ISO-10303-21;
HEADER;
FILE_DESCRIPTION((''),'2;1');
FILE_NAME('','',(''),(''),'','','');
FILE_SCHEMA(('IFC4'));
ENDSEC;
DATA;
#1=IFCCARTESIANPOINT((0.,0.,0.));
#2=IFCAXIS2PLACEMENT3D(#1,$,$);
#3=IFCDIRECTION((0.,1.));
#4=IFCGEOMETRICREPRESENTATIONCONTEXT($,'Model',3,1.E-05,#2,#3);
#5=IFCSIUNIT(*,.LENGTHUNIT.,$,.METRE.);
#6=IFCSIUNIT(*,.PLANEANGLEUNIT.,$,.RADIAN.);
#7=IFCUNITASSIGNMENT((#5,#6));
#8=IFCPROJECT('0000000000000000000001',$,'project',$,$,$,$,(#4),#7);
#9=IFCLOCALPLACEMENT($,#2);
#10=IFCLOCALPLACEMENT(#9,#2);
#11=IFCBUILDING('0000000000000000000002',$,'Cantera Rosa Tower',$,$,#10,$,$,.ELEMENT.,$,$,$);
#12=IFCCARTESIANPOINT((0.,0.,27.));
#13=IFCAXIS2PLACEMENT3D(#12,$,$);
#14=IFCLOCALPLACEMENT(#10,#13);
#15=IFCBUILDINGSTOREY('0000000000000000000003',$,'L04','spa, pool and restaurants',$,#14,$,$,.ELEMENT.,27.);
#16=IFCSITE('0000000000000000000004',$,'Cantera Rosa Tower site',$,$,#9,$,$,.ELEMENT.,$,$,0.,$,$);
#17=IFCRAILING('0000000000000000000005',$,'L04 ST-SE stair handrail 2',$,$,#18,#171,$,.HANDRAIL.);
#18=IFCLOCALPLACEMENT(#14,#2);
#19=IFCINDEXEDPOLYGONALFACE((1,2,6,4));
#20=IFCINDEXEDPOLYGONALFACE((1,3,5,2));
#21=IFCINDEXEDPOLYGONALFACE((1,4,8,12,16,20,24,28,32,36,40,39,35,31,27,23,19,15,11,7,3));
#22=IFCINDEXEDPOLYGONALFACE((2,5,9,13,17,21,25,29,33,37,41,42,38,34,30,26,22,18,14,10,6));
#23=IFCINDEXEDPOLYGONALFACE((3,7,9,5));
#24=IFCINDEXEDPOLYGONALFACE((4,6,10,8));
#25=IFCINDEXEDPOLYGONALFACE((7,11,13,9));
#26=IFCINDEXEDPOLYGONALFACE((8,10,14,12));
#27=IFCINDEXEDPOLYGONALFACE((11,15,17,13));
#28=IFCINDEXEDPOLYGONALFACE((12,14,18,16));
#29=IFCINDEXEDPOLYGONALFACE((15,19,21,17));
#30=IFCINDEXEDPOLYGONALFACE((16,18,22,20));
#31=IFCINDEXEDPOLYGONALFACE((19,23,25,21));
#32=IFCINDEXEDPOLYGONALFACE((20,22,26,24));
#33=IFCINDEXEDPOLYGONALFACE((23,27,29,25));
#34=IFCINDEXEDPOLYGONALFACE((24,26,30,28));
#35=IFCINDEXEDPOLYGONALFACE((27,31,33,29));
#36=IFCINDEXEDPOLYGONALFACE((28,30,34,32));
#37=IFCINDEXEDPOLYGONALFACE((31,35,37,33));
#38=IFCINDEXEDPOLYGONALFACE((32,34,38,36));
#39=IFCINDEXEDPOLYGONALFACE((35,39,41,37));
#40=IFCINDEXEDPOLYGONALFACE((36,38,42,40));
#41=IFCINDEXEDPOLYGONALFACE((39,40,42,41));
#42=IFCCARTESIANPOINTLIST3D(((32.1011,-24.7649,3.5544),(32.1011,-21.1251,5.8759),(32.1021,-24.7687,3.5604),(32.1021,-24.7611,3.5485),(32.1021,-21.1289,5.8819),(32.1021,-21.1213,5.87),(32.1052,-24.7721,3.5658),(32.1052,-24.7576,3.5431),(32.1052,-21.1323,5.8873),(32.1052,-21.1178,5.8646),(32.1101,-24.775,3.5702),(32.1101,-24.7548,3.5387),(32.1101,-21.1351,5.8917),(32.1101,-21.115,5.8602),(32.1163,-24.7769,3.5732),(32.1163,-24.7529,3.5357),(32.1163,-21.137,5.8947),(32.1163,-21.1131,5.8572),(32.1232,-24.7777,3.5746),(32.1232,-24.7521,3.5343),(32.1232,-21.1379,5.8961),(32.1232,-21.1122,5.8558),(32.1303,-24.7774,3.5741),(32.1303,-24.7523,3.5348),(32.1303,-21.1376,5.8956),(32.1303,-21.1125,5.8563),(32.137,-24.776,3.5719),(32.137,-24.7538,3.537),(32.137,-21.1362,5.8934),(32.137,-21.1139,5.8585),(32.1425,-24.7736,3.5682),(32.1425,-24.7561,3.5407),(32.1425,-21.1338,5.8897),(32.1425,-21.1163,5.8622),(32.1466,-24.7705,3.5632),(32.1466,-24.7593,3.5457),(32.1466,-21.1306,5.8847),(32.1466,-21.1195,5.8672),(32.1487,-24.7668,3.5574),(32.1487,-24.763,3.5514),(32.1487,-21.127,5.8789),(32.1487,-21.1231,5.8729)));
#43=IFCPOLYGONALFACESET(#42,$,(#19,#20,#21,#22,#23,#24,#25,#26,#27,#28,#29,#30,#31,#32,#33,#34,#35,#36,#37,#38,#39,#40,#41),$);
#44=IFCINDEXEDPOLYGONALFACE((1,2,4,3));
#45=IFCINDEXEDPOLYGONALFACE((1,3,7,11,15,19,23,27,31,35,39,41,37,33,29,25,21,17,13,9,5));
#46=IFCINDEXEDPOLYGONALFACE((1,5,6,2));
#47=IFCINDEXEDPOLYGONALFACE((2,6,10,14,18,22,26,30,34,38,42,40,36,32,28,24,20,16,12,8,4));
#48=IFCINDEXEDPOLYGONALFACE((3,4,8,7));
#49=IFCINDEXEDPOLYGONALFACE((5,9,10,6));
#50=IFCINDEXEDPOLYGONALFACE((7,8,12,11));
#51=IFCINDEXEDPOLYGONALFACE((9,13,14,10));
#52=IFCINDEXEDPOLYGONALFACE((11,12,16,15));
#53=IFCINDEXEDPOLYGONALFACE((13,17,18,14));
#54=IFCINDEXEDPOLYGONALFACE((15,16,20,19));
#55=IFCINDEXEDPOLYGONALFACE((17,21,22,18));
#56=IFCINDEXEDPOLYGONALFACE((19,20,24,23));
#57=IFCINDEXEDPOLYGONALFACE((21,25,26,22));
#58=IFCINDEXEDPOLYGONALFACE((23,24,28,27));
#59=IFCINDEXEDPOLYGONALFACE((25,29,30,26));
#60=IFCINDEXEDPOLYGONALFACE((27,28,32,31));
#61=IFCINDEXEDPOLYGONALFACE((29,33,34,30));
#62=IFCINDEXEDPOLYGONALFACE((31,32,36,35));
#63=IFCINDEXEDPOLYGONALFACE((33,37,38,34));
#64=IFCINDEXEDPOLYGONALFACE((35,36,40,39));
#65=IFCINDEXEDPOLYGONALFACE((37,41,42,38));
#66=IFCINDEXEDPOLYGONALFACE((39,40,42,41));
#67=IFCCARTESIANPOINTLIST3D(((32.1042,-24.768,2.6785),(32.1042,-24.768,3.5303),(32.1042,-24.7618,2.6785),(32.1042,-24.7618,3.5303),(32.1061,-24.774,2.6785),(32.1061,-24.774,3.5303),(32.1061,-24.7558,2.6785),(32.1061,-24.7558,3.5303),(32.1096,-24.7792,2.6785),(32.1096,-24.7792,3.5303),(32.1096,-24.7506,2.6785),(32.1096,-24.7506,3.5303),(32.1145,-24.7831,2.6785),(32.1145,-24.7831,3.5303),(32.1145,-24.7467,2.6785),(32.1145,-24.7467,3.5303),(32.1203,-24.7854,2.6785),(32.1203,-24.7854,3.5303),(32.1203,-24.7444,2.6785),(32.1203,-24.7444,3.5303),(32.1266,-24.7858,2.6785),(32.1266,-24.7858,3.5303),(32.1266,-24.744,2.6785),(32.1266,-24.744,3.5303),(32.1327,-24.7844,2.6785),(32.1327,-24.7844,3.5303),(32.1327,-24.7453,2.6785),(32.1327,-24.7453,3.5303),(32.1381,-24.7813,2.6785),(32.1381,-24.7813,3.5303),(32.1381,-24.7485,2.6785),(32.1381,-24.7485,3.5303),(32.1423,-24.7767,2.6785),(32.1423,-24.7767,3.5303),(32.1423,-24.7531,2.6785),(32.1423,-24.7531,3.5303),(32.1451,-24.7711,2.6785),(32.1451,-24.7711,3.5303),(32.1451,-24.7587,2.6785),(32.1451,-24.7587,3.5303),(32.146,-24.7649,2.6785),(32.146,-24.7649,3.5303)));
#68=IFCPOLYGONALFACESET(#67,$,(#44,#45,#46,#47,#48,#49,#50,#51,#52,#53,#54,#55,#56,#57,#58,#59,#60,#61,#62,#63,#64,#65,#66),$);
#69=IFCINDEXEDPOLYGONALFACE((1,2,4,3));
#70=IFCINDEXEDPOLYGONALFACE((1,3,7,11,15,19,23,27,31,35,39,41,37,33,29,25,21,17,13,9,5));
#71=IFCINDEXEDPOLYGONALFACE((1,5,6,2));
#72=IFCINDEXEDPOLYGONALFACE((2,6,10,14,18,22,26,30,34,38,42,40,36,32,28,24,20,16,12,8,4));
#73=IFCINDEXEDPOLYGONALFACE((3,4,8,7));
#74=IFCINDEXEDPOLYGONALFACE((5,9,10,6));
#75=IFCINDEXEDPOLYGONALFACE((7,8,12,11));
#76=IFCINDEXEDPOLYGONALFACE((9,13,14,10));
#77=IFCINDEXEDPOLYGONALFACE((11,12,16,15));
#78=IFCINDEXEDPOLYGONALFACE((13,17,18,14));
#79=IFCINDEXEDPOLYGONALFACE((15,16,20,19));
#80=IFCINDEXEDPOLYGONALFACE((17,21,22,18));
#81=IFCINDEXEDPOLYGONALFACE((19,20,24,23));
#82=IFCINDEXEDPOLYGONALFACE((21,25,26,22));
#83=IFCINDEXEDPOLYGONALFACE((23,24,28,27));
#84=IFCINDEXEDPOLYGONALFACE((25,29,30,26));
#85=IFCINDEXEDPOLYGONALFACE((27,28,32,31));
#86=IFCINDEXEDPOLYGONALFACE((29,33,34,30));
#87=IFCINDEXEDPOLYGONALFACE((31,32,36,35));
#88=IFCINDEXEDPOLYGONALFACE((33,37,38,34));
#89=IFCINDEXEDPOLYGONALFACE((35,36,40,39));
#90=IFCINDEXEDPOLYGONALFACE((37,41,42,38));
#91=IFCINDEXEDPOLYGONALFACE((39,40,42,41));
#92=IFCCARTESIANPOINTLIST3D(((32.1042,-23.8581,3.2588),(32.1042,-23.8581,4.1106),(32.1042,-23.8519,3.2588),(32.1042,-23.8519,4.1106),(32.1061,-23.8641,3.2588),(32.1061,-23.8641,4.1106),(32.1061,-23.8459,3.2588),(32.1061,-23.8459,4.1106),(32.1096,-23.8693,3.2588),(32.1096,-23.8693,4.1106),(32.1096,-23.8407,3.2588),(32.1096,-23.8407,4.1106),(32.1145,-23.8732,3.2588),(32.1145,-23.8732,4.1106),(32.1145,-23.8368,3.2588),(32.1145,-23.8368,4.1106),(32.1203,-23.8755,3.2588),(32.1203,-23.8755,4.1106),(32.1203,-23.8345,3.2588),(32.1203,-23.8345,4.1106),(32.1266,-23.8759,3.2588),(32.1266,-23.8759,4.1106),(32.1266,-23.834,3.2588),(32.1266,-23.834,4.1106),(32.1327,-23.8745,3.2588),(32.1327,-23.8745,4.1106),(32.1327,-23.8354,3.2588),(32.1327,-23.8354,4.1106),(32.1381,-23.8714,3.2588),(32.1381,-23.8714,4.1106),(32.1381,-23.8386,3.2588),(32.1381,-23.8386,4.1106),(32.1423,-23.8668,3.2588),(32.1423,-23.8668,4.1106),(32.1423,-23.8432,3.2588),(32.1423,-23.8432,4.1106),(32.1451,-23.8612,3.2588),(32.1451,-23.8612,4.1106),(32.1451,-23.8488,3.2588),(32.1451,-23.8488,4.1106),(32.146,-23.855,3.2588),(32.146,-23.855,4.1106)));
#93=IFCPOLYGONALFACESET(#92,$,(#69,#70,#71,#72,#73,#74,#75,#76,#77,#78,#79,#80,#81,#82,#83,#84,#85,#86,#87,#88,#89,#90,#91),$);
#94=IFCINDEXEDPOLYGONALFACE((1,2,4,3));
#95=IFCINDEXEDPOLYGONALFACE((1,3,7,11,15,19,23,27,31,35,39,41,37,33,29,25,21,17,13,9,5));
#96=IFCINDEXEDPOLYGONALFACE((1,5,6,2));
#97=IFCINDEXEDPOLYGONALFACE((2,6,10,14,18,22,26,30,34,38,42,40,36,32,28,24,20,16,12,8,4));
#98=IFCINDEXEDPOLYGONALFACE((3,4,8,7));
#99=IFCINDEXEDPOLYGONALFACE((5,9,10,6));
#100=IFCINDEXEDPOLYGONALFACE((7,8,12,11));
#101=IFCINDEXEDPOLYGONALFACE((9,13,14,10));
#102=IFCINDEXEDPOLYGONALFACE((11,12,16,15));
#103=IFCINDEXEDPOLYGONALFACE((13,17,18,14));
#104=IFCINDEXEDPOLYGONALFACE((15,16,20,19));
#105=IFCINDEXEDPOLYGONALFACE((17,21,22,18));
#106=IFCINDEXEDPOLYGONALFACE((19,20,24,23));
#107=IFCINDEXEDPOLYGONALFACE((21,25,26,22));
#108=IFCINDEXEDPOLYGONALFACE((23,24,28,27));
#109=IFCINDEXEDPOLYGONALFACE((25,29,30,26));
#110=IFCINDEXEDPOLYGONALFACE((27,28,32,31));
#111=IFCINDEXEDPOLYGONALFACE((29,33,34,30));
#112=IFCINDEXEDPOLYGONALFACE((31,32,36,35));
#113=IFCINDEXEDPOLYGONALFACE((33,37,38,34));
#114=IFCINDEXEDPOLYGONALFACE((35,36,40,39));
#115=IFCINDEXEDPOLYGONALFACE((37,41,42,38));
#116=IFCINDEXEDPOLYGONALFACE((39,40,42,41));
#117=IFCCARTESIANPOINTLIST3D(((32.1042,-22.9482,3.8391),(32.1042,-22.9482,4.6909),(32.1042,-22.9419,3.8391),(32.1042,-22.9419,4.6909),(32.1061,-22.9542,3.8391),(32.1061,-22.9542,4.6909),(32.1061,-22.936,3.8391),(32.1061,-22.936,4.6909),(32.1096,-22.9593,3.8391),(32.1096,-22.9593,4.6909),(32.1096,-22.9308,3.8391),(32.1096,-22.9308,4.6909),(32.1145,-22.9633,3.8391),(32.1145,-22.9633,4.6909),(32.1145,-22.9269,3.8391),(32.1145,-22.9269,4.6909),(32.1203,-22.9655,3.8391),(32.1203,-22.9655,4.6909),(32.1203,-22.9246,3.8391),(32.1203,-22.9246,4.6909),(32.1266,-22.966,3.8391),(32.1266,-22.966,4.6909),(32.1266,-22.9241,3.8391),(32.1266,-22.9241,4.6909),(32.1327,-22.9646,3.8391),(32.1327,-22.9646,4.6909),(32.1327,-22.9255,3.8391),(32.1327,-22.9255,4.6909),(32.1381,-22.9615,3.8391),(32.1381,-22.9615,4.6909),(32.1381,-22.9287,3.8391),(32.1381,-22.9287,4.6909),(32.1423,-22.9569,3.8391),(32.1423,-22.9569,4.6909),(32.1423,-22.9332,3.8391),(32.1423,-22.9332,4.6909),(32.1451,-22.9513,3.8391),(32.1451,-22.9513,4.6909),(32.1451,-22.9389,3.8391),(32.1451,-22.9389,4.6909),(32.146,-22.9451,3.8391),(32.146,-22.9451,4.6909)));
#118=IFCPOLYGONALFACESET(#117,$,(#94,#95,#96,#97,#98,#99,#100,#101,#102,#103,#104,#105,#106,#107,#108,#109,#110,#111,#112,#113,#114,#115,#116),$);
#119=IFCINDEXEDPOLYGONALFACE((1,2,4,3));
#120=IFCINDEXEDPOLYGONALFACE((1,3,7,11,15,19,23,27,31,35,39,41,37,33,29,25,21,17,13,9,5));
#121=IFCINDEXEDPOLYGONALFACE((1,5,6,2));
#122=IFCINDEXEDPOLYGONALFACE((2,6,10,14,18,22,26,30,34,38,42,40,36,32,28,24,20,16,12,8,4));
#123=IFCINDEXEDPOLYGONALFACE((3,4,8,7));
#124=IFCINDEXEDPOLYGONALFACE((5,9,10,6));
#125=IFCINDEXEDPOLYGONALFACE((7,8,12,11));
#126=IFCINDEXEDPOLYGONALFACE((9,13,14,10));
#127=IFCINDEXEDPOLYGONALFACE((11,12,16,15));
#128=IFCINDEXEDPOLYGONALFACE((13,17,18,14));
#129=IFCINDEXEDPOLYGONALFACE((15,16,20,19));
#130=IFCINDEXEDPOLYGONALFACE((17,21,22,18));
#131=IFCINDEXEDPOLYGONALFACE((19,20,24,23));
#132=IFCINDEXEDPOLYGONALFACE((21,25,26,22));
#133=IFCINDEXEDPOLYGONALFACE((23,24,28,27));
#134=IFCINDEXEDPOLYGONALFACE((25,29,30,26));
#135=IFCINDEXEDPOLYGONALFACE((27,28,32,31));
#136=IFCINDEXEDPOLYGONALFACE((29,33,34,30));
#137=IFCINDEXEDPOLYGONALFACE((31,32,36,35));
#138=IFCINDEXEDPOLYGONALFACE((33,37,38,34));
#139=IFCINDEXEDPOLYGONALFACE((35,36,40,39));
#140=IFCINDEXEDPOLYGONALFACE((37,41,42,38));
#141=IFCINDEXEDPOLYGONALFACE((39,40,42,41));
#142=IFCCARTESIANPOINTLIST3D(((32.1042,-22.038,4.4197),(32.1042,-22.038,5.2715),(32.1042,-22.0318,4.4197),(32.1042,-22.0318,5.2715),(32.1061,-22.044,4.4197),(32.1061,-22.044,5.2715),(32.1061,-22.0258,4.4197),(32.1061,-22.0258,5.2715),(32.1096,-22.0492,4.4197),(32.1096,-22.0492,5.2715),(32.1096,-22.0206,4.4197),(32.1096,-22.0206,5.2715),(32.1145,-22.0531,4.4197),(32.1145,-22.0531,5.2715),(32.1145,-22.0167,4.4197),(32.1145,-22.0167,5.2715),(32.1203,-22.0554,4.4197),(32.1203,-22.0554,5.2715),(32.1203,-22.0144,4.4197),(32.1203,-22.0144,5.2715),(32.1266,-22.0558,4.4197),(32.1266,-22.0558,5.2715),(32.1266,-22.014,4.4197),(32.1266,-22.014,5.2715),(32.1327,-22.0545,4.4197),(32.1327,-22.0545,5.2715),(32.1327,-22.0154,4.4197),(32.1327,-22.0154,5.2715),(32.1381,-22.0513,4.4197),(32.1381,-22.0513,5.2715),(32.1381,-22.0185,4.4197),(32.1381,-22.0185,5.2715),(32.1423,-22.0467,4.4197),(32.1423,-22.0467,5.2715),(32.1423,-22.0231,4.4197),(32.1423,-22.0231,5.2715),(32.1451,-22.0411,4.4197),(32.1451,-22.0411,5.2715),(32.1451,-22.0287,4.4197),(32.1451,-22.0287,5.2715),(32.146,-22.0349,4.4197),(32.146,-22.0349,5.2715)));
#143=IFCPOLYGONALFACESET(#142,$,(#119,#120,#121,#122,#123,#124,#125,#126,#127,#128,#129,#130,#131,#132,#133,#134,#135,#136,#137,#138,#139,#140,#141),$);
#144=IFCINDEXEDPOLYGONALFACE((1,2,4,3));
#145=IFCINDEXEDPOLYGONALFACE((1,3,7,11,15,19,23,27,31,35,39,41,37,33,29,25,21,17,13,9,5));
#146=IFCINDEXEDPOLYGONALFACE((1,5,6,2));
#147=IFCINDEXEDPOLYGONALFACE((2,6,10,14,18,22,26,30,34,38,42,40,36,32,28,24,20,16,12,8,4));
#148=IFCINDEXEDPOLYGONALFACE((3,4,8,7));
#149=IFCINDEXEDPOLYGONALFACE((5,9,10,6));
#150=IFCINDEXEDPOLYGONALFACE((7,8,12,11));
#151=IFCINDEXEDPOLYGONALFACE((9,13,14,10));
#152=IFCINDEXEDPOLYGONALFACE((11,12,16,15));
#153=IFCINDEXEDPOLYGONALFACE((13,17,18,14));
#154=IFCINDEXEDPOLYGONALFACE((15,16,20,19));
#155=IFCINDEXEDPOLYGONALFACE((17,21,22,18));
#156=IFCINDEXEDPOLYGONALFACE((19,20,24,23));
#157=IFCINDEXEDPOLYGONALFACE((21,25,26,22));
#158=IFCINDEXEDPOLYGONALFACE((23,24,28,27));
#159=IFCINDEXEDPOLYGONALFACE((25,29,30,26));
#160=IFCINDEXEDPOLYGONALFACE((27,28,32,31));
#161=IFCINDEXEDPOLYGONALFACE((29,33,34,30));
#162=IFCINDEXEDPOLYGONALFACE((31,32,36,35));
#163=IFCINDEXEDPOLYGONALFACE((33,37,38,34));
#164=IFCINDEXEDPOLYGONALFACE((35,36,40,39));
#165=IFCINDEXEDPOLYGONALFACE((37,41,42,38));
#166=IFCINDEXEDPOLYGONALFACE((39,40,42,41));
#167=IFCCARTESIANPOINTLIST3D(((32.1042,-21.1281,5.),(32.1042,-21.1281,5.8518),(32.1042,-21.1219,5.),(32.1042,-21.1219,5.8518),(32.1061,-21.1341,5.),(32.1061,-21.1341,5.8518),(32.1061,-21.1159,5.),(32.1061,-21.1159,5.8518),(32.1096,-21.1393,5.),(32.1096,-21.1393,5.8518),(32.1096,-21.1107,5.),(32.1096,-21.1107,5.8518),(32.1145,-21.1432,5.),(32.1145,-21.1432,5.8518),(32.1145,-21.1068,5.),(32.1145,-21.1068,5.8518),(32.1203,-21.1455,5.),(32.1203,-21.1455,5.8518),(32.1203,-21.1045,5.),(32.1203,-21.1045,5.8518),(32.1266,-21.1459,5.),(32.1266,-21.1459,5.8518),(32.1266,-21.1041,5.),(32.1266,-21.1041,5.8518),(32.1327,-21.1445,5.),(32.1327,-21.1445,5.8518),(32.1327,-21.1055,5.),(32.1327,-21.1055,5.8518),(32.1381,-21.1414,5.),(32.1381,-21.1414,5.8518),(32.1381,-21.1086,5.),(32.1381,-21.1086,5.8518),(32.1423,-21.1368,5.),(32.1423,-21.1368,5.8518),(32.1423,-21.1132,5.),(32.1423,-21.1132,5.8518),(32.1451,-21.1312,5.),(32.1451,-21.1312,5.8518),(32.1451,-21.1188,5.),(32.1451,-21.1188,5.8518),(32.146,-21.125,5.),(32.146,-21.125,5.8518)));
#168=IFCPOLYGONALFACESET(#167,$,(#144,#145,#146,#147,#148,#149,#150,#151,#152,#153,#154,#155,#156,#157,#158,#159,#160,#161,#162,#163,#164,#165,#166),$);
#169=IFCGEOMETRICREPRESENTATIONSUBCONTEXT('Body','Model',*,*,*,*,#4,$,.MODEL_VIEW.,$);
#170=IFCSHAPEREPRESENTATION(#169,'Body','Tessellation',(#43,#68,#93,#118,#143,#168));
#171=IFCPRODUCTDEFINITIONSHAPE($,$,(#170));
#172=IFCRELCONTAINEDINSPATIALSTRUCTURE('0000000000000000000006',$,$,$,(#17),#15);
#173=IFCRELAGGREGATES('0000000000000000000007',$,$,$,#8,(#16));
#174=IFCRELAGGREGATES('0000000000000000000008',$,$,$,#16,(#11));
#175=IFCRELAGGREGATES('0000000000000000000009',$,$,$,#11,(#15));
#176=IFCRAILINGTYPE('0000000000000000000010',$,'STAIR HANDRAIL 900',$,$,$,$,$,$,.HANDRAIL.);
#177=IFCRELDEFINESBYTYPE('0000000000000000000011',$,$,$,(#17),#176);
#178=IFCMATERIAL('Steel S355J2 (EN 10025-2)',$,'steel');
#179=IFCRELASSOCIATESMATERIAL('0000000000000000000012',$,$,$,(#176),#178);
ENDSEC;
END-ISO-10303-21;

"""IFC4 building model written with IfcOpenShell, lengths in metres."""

from ifc_helpers import new_model, si_unit, direction, frame, origin, origin_2d, place, context, subcontext, project, spatial, circle, extrude, material, type_object, element, save


model = new_model("IFC4")

# Units and contexts
model_context = context("Model", 3, precision=1e-05, world=origin(), true_north=direction((0.0, 1.0)))
body_context = subcontext(model_context, "Body", "Model", "MODEL_VIEW")
ifc_project = project(units=[si_unit("LENGTHUNIT", "METRE"), si_unit("PLANEANGLEUNIT", "RADIAN")], contexts=[model_context])

# Site, building, storey
site_placement = place(None, origin())
site = spatial("IfcSite", under=ifc_project, at=site_placement, Name="Cantera Rosa Tower site", CompositionType="ELEMENT", RefElevation=0.0)
building_placement = place(site_placement, origin())
building = spatial("IfcBuilding", under=site, at=building_placement, Name="Cantera Rosa Tower", CompositionType="ELEMENT")
storey_placement = place(building_placement, frame((0.0, 0.0, 27.0)))
storey = spatial("IfcBuildingStorey", under=building, at=storey_placement, Name="L04", Description="spa, pool and restaurants", CompositionType="ELEMENT", Elevation=27.0)

# Railing
ifc_material_1 = material(Name="Steel S355J2 (EN 10025-2)", Category="steel")
railing_type_1 = type_object("IfcRailingType", Name="STAIR HANDRAIL 900", PredefinedType="HANDRAIL", material=ifc_material_1)
railing_1_placement = place(storey_placement, frame((32.125, -24.7649, 2.6785)))
element("IfcRailing", 1, at=railing_1_placement, inside=storey, type_object=railing_type_1, Name="L04 ST-SE stair handrail 2", PredefinedType="HANDRAIL", context=body_context, shape_type="SweptSolid", body=[
    extrude(circle(Radius=0.0239, at=origin_2d()), frame((0.0, 0.0, 0.876), z_axis=(0.0, 0.843112, 0.537739), x_axis=(-1.0, 0.0, 0.0)), (0.0, 0.0, 1.0), 4.3171),
    extrude(circle(Radius=0.021, at=origin_2d()), origin(), (0.0, 0.0, 1.0), 0.8518),
    extrude(circle(Radius=0.021, at=origin_2d()), frame((0.0, 0.9099, 0.5803)), (0.0, 0.0, 1.0), 0.8518),
    extrude(circle(Radius=0.021, at=origin_2d()), frame((0.0, 1.8198, 1.1606)), (0.0, 0.0, 1.0), 0.8518),
    extrude(circle(Radius=0.021, at=origin_2d()), frame((0.0, 2.73, 1.7412)), (0.0, 0.0, 1.0), 0.8518),
    extrude(circle(Radius=0.021, at=origin_2d()), frame((0.0, 3.6399, 2.3215)), (0.0, 0.0, 1.0), 0.8518),
])

save(model, "model.ifc")
